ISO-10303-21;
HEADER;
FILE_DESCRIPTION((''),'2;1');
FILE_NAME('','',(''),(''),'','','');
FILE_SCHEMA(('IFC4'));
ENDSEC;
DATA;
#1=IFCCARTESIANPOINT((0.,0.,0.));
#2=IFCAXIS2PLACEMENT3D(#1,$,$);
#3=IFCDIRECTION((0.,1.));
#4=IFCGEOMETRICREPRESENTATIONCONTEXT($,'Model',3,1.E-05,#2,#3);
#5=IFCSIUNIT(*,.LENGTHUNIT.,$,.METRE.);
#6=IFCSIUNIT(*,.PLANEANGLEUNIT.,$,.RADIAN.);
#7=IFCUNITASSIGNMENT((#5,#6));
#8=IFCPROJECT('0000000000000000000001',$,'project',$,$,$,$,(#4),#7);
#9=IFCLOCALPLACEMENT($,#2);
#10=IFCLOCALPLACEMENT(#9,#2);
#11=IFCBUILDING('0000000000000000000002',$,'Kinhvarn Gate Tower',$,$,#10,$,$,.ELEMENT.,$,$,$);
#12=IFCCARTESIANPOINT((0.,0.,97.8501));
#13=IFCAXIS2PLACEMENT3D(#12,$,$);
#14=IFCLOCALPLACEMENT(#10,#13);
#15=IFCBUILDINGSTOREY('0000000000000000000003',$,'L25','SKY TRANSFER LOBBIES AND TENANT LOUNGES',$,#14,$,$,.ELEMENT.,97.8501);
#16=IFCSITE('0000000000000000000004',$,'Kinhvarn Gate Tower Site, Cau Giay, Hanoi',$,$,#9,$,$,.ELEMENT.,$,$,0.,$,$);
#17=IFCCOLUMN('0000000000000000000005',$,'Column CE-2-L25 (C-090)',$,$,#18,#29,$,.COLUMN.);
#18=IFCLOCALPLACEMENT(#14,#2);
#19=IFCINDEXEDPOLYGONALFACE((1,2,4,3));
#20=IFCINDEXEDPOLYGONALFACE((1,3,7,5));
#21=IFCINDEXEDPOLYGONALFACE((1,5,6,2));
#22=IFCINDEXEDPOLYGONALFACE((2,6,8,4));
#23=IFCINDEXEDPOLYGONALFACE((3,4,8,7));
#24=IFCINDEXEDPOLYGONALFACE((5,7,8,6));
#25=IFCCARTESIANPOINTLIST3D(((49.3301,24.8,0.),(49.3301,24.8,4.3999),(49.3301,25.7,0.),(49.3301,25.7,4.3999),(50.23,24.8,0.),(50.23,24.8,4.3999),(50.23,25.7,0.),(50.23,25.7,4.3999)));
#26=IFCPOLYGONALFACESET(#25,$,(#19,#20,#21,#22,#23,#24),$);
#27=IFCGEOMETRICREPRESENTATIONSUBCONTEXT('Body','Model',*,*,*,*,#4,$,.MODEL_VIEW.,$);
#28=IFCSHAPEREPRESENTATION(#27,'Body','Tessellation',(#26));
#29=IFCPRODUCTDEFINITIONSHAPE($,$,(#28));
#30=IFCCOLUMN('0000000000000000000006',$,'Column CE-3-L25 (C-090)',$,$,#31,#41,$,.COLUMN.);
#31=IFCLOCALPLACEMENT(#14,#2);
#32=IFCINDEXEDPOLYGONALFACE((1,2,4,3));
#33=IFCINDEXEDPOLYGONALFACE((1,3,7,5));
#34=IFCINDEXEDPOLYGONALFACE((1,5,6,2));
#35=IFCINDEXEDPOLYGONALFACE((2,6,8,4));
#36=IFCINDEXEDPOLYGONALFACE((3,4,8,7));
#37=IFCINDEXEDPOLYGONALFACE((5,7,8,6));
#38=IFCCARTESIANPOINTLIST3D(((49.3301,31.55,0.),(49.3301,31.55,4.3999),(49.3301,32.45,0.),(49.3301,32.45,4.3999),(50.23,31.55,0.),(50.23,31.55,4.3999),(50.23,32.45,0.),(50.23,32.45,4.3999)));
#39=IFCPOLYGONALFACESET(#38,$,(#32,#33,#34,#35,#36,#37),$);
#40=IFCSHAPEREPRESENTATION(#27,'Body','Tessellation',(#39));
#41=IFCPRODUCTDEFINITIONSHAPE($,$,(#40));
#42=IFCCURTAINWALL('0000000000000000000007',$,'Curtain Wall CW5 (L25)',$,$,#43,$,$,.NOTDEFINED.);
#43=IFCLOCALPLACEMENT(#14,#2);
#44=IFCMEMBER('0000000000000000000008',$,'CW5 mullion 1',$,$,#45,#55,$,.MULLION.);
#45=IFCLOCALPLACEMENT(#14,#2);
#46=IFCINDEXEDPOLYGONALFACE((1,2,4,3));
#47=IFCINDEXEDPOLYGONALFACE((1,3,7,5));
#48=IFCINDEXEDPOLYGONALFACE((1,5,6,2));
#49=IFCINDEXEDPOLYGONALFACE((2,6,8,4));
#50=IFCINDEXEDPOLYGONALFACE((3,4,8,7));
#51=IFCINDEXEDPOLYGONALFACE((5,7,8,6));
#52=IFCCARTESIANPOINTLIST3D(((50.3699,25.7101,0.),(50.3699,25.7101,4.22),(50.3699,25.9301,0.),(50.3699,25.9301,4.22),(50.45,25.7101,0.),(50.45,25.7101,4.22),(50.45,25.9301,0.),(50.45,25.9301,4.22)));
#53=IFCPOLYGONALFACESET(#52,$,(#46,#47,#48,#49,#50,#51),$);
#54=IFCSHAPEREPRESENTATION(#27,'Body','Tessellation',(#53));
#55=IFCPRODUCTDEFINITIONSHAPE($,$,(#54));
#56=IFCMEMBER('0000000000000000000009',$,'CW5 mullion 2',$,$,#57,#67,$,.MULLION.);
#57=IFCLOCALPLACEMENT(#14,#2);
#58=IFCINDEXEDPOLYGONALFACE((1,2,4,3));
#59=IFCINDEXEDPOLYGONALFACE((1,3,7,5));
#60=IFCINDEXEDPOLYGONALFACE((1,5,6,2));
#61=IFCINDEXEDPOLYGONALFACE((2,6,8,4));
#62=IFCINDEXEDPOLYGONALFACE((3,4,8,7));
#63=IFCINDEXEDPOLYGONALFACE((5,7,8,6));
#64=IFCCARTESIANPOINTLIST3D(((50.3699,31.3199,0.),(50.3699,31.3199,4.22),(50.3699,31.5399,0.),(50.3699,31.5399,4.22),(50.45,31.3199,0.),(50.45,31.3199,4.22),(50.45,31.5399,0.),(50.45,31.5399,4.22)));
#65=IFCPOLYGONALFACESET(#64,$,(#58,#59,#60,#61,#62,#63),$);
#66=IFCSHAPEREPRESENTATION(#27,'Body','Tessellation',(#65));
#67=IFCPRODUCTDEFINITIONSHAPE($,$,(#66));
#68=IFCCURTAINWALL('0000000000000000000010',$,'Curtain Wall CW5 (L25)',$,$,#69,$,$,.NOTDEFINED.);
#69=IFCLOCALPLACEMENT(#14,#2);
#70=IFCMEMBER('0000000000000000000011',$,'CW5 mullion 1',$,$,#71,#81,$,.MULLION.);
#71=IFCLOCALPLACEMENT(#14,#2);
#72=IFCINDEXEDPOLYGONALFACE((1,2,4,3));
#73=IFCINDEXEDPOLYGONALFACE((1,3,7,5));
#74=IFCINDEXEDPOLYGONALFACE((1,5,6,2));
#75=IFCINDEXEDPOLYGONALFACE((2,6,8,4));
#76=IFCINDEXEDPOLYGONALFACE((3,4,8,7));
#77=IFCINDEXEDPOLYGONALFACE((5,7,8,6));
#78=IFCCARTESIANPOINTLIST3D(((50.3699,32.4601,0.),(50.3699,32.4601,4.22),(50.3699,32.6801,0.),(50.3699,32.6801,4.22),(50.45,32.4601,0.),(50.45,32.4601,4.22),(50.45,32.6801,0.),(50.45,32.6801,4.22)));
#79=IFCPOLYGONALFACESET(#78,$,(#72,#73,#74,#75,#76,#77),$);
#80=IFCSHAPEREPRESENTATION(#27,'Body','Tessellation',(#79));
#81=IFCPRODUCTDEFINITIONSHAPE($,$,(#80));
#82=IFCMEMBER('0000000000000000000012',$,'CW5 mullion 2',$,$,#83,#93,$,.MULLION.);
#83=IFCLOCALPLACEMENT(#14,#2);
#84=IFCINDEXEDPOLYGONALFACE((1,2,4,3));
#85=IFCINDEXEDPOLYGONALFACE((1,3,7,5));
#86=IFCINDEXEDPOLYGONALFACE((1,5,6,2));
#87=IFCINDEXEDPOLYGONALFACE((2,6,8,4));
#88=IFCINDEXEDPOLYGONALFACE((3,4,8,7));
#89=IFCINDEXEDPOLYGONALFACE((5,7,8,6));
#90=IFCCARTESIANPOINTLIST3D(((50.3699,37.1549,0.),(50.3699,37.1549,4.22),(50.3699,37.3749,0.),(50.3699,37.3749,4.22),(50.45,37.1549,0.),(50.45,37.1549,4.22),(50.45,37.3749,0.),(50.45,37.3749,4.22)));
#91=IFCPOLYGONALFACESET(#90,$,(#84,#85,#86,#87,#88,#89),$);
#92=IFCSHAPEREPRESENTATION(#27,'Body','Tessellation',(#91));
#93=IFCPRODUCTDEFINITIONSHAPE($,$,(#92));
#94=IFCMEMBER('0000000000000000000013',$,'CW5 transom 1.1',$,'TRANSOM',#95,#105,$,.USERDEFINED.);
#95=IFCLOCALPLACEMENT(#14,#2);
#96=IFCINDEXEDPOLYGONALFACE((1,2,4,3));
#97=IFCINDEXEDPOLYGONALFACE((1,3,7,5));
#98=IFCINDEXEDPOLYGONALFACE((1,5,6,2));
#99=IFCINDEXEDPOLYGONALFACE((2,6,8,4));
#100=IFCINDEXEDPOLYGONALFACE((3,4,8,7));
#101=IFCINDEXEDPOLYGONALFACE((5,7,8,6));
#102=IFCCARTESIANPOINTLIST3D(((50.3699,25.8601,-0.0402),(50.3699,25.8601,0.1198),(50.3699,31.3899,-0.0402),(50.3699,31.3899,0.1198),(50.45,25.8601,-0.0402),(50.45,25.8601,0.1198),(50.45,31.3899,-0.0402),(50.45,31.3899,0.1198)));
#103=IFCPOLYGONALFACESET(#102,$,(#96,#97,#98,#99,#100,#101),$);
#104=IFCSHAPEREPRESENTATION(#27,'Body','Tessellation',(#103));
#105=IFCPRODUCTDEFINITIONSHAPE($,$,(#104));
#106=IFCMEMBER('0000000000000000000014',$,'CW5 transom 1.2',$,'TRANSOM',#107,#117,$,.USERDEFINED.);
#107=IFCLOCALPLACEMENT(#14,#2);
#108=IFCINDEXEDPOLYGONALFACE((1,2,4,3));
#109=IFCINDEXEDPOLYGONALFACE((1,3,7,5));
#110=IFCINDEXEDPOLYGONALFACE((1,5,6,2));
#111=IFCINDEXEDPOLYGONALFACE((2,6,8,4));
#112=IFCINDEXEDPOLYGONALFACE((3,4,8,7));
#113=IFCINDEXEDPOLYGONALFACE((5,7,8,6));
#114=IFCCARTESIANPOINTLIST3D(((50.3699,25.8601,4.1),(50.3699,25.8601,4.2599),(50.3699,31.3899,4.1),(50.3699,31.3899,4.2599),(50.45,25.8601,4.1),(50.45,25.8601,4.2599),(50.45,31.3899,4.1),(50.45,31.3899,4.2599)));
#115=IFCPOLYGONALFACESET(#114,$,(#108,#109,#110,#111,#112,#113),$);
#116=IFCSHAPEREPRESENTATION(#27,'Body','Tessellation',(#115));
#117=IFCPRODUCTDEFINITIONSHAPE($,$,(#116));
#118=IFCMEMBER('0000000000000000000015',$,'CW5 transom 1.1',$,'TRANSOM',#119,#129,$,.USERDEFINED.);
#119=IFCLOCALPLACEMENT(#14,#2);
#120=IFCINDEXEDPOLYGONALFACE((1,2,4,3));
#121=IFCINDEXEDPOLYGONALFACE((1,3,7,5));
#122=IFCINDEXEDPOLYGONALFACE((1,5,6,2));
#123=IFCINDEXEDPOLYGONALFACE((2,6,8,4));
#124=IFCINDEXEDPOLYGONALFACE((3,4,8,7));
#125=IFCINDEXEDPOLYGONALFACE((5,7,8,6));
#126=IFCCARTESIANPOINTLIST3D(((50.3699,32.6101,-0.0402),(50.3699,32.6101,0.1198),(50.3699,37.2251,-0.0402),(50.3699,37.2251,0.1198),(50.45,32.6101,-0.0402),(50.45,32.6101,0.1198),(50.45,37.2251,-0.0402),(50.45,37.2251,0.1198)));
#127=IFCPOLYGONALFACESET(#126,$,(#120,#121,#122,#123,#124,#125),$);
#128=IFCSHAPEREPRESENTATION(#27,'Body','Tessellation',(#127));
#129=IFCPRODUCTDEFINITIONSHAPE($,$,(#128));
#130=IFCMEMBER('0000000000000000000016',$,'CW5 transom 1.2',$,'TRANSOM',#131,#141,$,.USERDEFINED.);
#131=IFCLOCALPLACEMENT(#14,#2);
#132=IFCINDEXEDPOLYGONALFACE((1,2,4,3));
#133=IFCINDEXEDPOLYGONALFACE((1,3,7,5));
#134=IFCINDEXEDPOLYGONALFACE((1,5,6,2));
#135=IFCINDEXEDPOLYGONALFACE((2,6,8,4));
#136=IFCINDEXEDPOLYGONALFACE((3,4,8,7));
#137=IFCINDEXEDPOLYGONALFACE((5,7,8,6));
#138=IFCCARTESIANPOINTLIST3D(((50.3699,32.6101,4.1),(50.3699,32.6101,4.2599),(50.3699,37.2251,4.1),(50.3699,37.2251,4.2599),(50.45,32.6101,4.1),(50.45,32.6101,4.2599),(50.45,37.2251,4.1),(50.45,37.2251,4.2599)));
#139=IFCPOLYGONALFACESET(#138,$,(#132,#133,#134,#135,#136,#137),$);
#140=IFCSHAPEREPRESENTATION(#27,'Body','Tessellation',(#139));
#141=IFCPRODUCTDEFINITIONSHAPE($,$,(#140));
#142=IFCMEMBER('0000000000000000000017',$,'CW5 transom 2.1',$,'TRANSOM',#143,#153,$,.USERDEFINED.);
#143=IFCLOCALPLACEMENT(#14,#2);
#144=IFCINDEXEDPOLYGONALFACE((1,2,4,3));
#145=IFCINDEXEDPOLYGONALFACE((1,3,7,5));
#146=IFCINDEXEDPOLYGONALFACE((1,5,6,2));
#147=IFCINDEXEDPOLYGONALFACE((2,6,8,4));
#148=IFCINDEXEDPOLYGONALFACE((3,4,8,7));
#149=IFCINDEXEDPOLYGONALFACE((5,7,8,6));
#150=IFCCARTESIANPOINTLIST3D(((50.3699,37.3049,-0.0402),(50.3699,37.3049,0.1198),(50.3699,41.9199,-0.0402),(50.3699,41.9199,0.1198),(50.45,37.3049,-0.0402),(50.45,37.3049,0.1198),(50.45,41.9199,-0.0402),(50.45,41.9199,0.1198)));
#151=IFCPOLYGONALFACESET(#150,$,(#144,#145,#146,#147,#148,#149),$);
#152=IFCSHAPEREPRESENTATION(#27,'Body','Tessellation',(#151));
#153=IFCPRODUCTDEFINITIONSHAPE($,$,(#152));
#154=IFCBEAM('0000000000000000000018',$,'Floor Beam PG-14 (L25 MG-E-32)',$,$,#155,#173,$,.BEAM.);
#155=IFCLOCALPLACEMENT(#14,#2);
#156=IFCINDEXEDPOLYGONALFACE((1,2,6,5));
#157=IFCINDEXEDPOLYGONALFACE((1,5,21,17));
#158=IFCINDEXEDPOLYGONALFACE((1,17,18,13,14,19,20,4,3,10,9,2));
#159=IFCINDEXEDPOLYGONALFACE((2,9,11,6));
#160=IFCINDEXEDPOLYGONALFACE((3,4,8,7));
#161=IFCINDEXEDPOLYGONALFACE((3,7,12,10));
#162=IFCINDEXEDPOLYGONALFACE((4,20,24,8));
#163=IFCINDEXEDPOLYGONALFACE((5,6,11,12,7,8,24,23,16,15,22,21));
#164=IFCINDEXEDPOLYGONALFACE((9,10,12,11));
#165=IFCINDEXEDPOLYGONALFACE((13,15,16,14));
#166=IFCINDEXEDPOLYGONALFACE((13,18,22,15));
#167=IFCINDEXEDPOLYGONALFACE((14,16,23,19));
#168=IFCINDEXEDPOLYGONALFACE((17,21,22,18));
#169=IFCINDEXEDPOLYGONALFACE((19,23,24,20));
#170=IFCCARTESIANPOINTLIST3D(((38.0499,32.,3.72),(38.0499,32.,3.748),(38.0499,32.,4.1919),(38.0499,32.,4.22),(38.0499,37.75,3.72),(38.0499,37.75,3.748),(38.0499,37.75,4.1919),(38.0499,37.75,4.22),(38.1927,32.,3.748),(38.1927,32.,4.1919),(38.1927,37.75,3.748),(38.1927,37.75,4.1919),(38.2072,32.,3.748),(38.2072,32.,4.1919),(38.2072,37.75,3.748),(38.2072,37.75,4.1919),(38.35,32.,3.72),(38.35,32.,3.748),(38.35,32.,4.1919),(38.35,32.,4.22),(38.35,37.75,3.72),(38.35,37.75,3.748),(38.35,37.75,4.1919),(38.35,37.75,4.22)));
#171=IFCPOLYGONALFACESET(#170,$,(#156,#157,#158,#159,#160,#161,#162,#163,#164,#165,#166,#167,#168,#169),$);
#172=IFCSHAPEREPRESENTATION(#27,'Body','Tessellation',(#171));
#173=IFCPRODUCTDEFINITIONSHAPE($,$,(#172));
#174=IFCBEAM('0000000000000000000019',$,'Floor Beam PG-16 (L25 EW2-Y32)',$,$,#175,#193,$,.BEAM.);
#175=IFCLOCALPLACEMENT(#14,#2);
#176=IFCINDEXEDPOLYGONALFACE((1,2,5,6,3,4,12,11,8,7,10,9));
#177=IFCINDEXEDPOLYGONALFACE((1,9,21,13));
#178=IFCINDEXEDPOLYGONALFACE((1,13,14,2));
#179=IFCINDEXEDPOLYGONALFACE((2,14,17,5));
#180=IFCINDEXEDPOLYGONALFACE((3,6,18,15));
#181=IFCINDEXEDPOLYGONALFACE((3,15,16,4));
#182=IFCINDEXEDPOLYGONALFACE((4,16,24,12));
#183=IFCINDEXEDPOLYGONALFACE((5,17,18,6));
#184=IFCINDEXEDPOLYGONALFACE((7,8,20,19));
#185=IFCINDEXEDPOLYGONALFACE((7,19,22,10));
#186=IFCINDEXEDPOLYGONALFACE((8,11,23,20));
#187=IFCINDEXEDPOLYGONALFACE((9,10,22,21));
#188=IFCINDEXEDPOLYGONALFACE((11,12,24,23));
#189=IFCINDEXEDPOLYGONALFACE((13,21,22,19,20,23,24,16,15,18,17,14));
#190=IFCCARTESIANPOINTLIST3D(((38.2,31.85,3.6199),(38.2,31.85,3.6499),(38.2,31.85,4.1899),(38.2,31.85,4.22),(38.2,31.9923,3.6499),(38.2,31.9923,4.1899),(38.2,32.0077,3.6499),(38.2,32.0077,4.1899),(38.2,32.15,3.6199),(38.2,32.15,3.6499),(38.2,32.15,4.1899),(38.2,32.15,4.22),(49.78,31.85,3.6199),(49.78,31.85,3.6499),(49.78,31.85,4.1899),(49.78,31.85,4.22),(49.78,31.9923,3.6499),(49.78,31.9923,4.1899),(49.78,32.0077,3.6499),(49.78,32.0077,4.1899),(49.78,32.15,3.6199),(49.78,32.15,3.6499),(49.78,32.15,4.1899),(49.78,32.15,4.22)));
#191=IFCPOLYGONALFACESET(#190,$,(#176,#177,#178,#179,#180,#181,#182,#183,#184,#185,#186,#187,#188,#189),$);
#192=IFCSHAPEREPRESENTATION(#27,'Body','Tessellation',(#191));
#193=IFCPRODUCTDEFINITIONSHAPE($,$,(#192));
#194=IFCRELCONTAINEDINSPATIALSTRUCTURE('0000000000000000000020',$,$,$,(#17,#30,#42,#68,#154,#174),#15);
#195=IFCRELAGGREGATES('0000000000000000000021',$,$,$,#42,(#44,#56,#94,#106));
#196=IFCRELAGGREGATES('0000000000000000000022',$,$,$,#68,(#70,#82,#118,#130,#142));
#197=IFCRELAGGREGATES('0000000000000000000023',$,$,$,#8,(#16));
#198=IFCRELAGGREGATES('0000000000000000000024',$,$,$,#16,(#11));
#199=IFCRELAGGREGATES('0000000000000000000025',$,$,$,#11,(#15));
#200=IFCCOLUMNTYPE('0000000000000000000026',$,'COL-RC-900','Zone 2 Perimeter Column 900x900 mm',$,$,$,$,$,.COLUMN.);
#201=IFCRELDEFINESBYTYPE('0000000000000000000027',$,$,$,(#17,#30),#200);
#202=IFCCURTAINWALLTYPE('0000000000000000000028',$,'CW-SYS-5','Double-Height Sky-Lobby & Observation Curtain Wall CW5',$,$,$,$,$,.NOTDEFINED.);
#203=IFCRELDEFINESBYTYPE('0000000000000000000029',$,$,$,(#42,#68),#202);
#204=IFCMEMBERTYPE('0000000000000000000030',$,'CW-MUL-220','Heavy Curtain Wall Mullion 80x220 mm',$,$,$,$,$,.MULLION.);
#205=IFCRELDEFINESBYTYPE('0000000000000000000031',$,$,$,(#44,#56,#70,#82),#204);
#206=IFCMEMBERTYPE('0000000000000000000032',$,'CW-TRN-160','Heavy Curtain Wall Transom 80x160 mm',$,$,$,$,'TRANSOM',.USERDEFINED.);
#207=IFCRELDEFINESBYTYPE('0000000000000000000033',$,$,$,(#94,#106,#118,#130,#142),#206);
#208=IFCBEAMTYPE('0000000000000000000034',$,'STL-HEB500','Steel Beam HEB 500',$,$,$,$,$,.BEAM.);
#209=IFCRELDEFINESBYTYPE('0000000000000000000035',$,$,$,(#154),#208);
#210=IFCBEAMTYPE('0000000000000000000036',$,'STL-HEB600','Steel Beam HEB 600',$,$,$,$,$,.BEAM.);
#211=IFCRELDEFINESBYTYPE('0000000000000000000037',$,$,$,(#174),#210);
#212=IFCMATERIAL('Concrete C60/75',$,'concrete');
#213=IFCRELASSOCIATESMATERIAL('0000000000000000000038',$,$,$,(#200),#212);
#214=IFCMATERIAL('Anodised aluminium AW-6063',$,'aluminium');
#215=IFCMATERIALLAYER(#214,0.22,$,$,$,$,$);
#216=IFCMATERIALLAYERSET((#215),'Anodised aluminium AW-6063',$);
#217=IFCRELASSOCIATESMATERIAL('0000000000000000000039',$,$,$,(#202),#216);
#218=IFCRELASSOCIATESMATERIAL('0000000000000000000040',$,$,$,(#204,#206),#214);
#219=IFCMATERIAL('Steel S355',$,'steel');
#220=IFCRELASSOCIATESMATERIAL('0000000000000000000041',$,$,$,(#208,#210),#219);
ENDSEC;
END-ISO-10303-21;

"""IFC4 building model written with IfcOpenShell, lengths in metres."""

from ifc_helpers import new_model, si_unit, direction, frame, origin, origin_2d, place, context, subcontext, project, spatial, rectangle, i_section, extrude, material, layer, layer_set, material_profile, profile_set, type_object, element, aggregate, save


model = new_model("IFC4")

# Units and contexts
model_context = context("Model", 3, precision=1e-05, world=origin(), true_north=direction((0.0, 1.0)))
body_context = subcontext(model_context, "Body", "Model", "MODEL_VIEW")
ifc_project = project(units=[si_unit("LENGTHUNIT", "METRE"), si_unit("PLANEANGLEUNIT", "RADIAN")], contexts=[model_context])

# Site, building, storey
site_placement = place(None, origin())
site = spatial("IfcSite", under=ifc_project, at=site_placement, Name="Kinhvarn Gate Tower Site, Cau Giay, Hanoi", CompositionType="ELEMENT", RefElevation=0.0)
building_placement = place(site_placement, origin())
building = spatial("IfcBuilding", under=site, at=building_placement, Name="Kinhvarn Gate Tower", CompositionType="ELEMENT")
storey_placement = place(building_placement, frame((0.0, 0.0, 97.8501)))
storey = spatial("IfcBuildingStorey", under=building, at=storey_placement, Name="L25", Description="SKY TRANSFER LOBBIES AND TENANT LOUNGES", CompositionType="ELEMENT", Elevation=97.8501)

# Columns
ifc_material_1 = material(Name="Concrete C60/75", Category="concrete")
ifc_material_profile_1 = material_profile(ifc_material_1, rectangle(XDim=0.8999, YDim=0.8999, at=origin_2d()), Name="RC 900x900")
ifc_profile_set_1 = profile_set([ifc_material_profile_1], Name="Concrete C60/75")
column_type = type_object("IfcColumnType", Name="COL-RC-900", Description="Zone 2 Perimeter Column 900x900 mm", PredefinedType="COLUMN", material=ifc_profile_set_1)
for number, where, z_axis, x_axis, name in (
    (1, (49.78, 25.25, 0.0), (0.0, 0.0, 1.0), (1.0, 0.0, 0.0), "Column CE-2-L25 (C-090)"),
    (2, (49.78, 32.0, 0.0), (0.0, 0.0, 1.0), (1.0, 0.0, 0.0), "Column CE-3-L25 (C-090)"),
):
    element("IfcColumn", number, at=place(storey_placement, frame(where, z_axis=z_axis, x_axis=x_axis)), inside=storey, type_object=column_type, Name=name, PredefinedType="COLUMN", context=body_context, shape_type="SweptSolid", body=[
        extrude(rectangle(XDim=0.8999, YDim=0.8999, at=origin_2d()), origin(), (0.0, 0.0, 1.0), 4.3999),
    ])

# Curtain walls, members
ifc_material_2 = material(Name="Anodised aluminium AW-6063", Category="aluminium")
ifc_layer_1 = layer(ifc_material_2, 0.22)
ifc_layer_set_1 = layer_set([ifc_layer_1], Name="Anodised aluminium AW-6063")
curtain_wall_type = type_object("IfcCurtainWallType", Name="CW-SYS-5", Description="Double-Height Sky-Lobby & Observation Curtain Wall CW5", PredefinedType="NOTDEFINED", material=ifc_layer_set_1)
curtain_wall_1_placement = place(storey_placement, origin())
curtain_wall_1 = element("IfcCurtainWall", 3, at=curtain_wall_1_placement, inside=storey, type_object=curtain_wall_type, Name="Curtain Wall CW5 (L25)", PredefinedType="NOTDEFINED")
ifc_material_profile_2 = material_profile(ifc_material_2, rectangle(XDim=0.0801, YDim=0.22, at=origin_2d()), Name="ALU 80x220")
ifc_profile_set_2 = profile_set([ifc_material_profile_2], Name="Anodised aluminium AW-6063")
member_type_1 = type_object("IfcMemberType", Name="CW-MUL-220", Description="Heavy Curtain Wall Mullion 80x220 mm", PredefinedType="MULLION", material=ifc_profile_set_2)
member_1_placement = place(storey_placement, frame((50.4099, 25.8201, 0.0), z_axis=(0.0, 0.0, 1.0), x_axis=(-1.0, 0.0, 0.0)))
member_1 = element("IfcMember", 4, at=member_1_placement, type_object=member_type_1, Name="CW5 mullion 1", PredefinedType="MULLION", context=body_context, shape_type="SweptSolid", body=[
    extrude(rectangle(XDim=0.0801, YDim=0.22, at=origin_2d()), origin(), (0.0, 0.0, 1.0), 4.22),
])
member_2_placement = place(storey_placement, frame((50.4099, 31.4299, 0.0), z_axis=(0.0, 0.0, 1.0), x_axis=(-1.0, 0.0, 0.0)))
member_2 = element("IfcMember", 5, at=member_2_placement, type_object=member_type_1, Name="CW5 mullion 2", PredefinedType="MULLION", context=body_context, shape_type="SweptSolid", body=[
    extrude(rectangle(XDim=0.0801, YDim=0.22, at=origin_2d()), origin(), (0.0, 0.0, 1.0), 4.22),
])
curtain_wall_2_placement = place(storey_placement, origin())
curtain_wall_2 = element("IfcCurtainWall", 6, at=curtain_wall_2_placement, inside=storey, type_object=curtain_wall_type, Name="Curtain Wall CW5 (L25)", PredefinedType="NOTDEFINED")
member_3_placement = place(storey_placement, frame((50.4099, 32.5701, 0.0), z_axis=(0.0, 0.0, 1.0), x_axis=(-1.0, 0.0, 0.0)))
member_3 = element("IfcMember", 7, at=member_3_placement, type_object=member_type_1, Name="CW5 mullion 1", PredefinedType="MULLION", context=body_context, shape_type="SweptSolid", body=[
    extrude(rectangle(XDim=0.0801, YDim=0.22, at=origin_2d()), origin(), (0.0, 0.0, 1.0), 4.22),
])
member_4_placement = place(storey_placement, frame((50.4099, 37.2649, 0.0), z_axis=(0.0, 0.0, 1.0), x_axis=(-1.0, 0.0, 0.0)))
member_4 = element("IfcMember", 8, at=member_4_placement, type_object=member_type_1, Name="CW5 mullion 2", PredefinedType="MULLION", context=body_context, shape_type="SweptSolid", body=[
    extrude(rectangle(XDim=0.0801, YDim=0.22, at=origin_2d()), origin(), (0.0, 0.0, 1.0), 4.22),
])

# Members
ifc_material_profile_3 = material_profile(ifc_material_2, rectangle(XDim=0.0801, YDim=0.1599, at=origin_2d()), Name="ALU 80x160")
ifc_profile_set_3 = profile_set([ifc_material_profile_3], Name="Anodised aluminium AW-6063")
member_type_2 = type_object("IfcMemberType", Name="CW-TRN-160", Description="Heavy Curtain Wall Transom 80x160 mm", ElementType="TRANSOM", PredefinedType="USERDEFINED", material=ifc_profile_set_3)
member_5_placement = place(storey_placement, frame((50.4099, 25.8601, 0.0398), z_axis=(0.0, 1.0, 0.0), x_axis=(-1.0, 0.0, 0.0)))
member_5 = element("IfcMember", 9, at=member_5_placement, type_object=member_type_2, Name="CW5 transom 1.1", ObjectType="TRANSOM", PredefinedType="USERDEFINED", context=body_context, shape_type="SweptSolid", body=[
    extrude(rectangle(XDim=0.0801, YDim=0.1599, at=origin_2d()), origin(), (0.0, 0.0, 1.0), 5.5298),
])
member_6_placement = place(storey_placement, frame((50.4099, 25.8601, 4.1799), z_axis=(0.0, 1.0, 0.0), x_axis=(-1.0, 0.0, 0.0)))
member_6 = element("IfcMember", 10, at=member_6_placement, type_object=member_type_2, Name="CW5 transom 1.2", ObjectType="TRANSOM", PredefinedType="USERDEFINED", context=body_context, shape_type="SweptSolid", body=[
    extrude(rectangle(XDim=0.0801, YDim=0.1599, at=origin_2d()), origin(), (0.0, 0.0, 1.0), 5.5298),
])
member_7_placement = place(storey_placement, frame((50.4099, 32.6101, 0.0398), z_axis=(0.0, 1.0, 0.0), x_axis=(-1.0, 0.0, 0.0)))
member_7 = element("IfcMember", 11, at=member_7_placement, type_object=member_type_2, Name="CW5 transom 1.1", ObjectType="TRANSOM", PredefinedType="USERDEFINED", context=body_context, shape_type="SweptSolid", body=[
    extrude(rectangle(XDim=0.0801, YDim=0.1599, at=origin_2d()), origin(), (0.0, 0.0, 1.0), 4.615),
])
member_8_placement = place(storey_placement, frame((50.4099, 32.6101, 4.1799), z_axis=(0.0, 1.0, 0.0), x_axis=(-1.0, 0.0, 0.0)))
member_8 = element("IfcMember", 12, at=member_8_placement, type_object=member_type_2, Name="CW5 transom 1.2", ObjectType="TRANSOM", PredefinedType="USERDEFINED", context=body_context, shape_type="SweptSolid", body=[
    extrude(rectangle(XDim=0.0801, YDim=0.1599, at=origin_2d()), origin(), (0.0, 0.0, 1.0), 4.615),
])
member_9_placement = place(storey_placement, frame((50.4099, 37.3049, 0.0398), z_axis=(0.0, 1.0, 0.0), x_axis=(-1.0, 0.0, 0.0)))
member_9 = element("IfcMember", 13, at=member_9_placement, type_object=member_type_2, Name="CW5 transom 2.1", ObjectType="TRANSOM", PredefinedType="USERDEFINED", context=body_context, shape_type="SweptSolid", body=[
    extrude(rectangle(XDim=0.0801, YDim=0.1599, at=origin_2d()), origin(), (0.0, 0.0, 1.0), 4.615),
])

# Beams
ifc_material_3 = material(Name="Steel S355", Category="steel")
ifc_material_profile_4 = material_profile(ifc_material_3, i_section(OverallWidth=0.3, OverallDepth=0.5, WebThickness=0.0144, FlangeThickness=0.0281, at=origin_2d()), Name="HEB 500")
ifc_profile_set_4 = profile_set([ifc_material_profile_4], Name="Steel S355")
beam_type_1 = type_object("IfcBeamType", Name="STL-HEB500", Description="Steel Beam HEB 500", PredefinedType="BEAM", material=ifc_profile_set_4)
beam_1_placement = place(storey_placement, frame((38.2, 32.0, 3.97), z_axis=(0.0, 1.0, 0.0), x_axis=(-1.0, 0.0, 0.0)))
element("IfcBeam", 14, at=beam_1_placement, inside=storey, type_object=beam_type_1, Name="Floor Beam PG-14 (L25 MG-E-32)", PredefinedType="BEAM", context=body_context, shape_type="SweptSolid", body=[
    extrude(i_section(OverallWidth=0.3, OverallDepth=0.5, WebThickness=0.0144, FlangeThickness=0.0281, at=origin_2d()), origin(), (0.0, 0.0, 1.0), 5.75),
])
ifc_material_profile_5 = material_profile(ifc_material_3, i_section(OverallWidth=0.3, OverallDepth=0.6001, WebThickness=0.0154, FlangeThickness=0.03, at=origin_2d()), Name="HEB 600")
ifc_profile_set_5 = profile_set([ifc_material_profile_5], Name="Steel S355")
beam_type_2 = type_object("IfcBeamType", Name="STL-HEB600", Description="Steel Beam HEB 600", PredefinedType="BEAM", material=ifc_profile_set_5)
beam_2_placement = place(storey_placement, frame((38.2, 32.0, 3.9199), z_axis=(1.0, 0.0, 0.0), x_axis=(0.0, 1.0, 0.0)))
element("IfcBeam", 15, at=beam_2_placement, inside=storey, type_object=beam_type_2, Name="Floor Beam PG-16 (L25 EW2-Y32)", PredefinedType="BEAM", context=body_context, shape_type="SweptSolid", body=[
    extrude(i_section(OverallWidth=0.3, OverallDepth=0.6001, WebThickness=0.0154, FlangeThickness=0.03, at=origin_2d()), origin(), (0.0, 0.0, 1.0), 11.5801),
])

aggregate(curtain_wall_1, [member_1, member_2, member_5, member_6])
aggregate(curtain_wall_2, [member_3, member_4, member_7, member_8, member_9])

save(model, "model.ifc")
